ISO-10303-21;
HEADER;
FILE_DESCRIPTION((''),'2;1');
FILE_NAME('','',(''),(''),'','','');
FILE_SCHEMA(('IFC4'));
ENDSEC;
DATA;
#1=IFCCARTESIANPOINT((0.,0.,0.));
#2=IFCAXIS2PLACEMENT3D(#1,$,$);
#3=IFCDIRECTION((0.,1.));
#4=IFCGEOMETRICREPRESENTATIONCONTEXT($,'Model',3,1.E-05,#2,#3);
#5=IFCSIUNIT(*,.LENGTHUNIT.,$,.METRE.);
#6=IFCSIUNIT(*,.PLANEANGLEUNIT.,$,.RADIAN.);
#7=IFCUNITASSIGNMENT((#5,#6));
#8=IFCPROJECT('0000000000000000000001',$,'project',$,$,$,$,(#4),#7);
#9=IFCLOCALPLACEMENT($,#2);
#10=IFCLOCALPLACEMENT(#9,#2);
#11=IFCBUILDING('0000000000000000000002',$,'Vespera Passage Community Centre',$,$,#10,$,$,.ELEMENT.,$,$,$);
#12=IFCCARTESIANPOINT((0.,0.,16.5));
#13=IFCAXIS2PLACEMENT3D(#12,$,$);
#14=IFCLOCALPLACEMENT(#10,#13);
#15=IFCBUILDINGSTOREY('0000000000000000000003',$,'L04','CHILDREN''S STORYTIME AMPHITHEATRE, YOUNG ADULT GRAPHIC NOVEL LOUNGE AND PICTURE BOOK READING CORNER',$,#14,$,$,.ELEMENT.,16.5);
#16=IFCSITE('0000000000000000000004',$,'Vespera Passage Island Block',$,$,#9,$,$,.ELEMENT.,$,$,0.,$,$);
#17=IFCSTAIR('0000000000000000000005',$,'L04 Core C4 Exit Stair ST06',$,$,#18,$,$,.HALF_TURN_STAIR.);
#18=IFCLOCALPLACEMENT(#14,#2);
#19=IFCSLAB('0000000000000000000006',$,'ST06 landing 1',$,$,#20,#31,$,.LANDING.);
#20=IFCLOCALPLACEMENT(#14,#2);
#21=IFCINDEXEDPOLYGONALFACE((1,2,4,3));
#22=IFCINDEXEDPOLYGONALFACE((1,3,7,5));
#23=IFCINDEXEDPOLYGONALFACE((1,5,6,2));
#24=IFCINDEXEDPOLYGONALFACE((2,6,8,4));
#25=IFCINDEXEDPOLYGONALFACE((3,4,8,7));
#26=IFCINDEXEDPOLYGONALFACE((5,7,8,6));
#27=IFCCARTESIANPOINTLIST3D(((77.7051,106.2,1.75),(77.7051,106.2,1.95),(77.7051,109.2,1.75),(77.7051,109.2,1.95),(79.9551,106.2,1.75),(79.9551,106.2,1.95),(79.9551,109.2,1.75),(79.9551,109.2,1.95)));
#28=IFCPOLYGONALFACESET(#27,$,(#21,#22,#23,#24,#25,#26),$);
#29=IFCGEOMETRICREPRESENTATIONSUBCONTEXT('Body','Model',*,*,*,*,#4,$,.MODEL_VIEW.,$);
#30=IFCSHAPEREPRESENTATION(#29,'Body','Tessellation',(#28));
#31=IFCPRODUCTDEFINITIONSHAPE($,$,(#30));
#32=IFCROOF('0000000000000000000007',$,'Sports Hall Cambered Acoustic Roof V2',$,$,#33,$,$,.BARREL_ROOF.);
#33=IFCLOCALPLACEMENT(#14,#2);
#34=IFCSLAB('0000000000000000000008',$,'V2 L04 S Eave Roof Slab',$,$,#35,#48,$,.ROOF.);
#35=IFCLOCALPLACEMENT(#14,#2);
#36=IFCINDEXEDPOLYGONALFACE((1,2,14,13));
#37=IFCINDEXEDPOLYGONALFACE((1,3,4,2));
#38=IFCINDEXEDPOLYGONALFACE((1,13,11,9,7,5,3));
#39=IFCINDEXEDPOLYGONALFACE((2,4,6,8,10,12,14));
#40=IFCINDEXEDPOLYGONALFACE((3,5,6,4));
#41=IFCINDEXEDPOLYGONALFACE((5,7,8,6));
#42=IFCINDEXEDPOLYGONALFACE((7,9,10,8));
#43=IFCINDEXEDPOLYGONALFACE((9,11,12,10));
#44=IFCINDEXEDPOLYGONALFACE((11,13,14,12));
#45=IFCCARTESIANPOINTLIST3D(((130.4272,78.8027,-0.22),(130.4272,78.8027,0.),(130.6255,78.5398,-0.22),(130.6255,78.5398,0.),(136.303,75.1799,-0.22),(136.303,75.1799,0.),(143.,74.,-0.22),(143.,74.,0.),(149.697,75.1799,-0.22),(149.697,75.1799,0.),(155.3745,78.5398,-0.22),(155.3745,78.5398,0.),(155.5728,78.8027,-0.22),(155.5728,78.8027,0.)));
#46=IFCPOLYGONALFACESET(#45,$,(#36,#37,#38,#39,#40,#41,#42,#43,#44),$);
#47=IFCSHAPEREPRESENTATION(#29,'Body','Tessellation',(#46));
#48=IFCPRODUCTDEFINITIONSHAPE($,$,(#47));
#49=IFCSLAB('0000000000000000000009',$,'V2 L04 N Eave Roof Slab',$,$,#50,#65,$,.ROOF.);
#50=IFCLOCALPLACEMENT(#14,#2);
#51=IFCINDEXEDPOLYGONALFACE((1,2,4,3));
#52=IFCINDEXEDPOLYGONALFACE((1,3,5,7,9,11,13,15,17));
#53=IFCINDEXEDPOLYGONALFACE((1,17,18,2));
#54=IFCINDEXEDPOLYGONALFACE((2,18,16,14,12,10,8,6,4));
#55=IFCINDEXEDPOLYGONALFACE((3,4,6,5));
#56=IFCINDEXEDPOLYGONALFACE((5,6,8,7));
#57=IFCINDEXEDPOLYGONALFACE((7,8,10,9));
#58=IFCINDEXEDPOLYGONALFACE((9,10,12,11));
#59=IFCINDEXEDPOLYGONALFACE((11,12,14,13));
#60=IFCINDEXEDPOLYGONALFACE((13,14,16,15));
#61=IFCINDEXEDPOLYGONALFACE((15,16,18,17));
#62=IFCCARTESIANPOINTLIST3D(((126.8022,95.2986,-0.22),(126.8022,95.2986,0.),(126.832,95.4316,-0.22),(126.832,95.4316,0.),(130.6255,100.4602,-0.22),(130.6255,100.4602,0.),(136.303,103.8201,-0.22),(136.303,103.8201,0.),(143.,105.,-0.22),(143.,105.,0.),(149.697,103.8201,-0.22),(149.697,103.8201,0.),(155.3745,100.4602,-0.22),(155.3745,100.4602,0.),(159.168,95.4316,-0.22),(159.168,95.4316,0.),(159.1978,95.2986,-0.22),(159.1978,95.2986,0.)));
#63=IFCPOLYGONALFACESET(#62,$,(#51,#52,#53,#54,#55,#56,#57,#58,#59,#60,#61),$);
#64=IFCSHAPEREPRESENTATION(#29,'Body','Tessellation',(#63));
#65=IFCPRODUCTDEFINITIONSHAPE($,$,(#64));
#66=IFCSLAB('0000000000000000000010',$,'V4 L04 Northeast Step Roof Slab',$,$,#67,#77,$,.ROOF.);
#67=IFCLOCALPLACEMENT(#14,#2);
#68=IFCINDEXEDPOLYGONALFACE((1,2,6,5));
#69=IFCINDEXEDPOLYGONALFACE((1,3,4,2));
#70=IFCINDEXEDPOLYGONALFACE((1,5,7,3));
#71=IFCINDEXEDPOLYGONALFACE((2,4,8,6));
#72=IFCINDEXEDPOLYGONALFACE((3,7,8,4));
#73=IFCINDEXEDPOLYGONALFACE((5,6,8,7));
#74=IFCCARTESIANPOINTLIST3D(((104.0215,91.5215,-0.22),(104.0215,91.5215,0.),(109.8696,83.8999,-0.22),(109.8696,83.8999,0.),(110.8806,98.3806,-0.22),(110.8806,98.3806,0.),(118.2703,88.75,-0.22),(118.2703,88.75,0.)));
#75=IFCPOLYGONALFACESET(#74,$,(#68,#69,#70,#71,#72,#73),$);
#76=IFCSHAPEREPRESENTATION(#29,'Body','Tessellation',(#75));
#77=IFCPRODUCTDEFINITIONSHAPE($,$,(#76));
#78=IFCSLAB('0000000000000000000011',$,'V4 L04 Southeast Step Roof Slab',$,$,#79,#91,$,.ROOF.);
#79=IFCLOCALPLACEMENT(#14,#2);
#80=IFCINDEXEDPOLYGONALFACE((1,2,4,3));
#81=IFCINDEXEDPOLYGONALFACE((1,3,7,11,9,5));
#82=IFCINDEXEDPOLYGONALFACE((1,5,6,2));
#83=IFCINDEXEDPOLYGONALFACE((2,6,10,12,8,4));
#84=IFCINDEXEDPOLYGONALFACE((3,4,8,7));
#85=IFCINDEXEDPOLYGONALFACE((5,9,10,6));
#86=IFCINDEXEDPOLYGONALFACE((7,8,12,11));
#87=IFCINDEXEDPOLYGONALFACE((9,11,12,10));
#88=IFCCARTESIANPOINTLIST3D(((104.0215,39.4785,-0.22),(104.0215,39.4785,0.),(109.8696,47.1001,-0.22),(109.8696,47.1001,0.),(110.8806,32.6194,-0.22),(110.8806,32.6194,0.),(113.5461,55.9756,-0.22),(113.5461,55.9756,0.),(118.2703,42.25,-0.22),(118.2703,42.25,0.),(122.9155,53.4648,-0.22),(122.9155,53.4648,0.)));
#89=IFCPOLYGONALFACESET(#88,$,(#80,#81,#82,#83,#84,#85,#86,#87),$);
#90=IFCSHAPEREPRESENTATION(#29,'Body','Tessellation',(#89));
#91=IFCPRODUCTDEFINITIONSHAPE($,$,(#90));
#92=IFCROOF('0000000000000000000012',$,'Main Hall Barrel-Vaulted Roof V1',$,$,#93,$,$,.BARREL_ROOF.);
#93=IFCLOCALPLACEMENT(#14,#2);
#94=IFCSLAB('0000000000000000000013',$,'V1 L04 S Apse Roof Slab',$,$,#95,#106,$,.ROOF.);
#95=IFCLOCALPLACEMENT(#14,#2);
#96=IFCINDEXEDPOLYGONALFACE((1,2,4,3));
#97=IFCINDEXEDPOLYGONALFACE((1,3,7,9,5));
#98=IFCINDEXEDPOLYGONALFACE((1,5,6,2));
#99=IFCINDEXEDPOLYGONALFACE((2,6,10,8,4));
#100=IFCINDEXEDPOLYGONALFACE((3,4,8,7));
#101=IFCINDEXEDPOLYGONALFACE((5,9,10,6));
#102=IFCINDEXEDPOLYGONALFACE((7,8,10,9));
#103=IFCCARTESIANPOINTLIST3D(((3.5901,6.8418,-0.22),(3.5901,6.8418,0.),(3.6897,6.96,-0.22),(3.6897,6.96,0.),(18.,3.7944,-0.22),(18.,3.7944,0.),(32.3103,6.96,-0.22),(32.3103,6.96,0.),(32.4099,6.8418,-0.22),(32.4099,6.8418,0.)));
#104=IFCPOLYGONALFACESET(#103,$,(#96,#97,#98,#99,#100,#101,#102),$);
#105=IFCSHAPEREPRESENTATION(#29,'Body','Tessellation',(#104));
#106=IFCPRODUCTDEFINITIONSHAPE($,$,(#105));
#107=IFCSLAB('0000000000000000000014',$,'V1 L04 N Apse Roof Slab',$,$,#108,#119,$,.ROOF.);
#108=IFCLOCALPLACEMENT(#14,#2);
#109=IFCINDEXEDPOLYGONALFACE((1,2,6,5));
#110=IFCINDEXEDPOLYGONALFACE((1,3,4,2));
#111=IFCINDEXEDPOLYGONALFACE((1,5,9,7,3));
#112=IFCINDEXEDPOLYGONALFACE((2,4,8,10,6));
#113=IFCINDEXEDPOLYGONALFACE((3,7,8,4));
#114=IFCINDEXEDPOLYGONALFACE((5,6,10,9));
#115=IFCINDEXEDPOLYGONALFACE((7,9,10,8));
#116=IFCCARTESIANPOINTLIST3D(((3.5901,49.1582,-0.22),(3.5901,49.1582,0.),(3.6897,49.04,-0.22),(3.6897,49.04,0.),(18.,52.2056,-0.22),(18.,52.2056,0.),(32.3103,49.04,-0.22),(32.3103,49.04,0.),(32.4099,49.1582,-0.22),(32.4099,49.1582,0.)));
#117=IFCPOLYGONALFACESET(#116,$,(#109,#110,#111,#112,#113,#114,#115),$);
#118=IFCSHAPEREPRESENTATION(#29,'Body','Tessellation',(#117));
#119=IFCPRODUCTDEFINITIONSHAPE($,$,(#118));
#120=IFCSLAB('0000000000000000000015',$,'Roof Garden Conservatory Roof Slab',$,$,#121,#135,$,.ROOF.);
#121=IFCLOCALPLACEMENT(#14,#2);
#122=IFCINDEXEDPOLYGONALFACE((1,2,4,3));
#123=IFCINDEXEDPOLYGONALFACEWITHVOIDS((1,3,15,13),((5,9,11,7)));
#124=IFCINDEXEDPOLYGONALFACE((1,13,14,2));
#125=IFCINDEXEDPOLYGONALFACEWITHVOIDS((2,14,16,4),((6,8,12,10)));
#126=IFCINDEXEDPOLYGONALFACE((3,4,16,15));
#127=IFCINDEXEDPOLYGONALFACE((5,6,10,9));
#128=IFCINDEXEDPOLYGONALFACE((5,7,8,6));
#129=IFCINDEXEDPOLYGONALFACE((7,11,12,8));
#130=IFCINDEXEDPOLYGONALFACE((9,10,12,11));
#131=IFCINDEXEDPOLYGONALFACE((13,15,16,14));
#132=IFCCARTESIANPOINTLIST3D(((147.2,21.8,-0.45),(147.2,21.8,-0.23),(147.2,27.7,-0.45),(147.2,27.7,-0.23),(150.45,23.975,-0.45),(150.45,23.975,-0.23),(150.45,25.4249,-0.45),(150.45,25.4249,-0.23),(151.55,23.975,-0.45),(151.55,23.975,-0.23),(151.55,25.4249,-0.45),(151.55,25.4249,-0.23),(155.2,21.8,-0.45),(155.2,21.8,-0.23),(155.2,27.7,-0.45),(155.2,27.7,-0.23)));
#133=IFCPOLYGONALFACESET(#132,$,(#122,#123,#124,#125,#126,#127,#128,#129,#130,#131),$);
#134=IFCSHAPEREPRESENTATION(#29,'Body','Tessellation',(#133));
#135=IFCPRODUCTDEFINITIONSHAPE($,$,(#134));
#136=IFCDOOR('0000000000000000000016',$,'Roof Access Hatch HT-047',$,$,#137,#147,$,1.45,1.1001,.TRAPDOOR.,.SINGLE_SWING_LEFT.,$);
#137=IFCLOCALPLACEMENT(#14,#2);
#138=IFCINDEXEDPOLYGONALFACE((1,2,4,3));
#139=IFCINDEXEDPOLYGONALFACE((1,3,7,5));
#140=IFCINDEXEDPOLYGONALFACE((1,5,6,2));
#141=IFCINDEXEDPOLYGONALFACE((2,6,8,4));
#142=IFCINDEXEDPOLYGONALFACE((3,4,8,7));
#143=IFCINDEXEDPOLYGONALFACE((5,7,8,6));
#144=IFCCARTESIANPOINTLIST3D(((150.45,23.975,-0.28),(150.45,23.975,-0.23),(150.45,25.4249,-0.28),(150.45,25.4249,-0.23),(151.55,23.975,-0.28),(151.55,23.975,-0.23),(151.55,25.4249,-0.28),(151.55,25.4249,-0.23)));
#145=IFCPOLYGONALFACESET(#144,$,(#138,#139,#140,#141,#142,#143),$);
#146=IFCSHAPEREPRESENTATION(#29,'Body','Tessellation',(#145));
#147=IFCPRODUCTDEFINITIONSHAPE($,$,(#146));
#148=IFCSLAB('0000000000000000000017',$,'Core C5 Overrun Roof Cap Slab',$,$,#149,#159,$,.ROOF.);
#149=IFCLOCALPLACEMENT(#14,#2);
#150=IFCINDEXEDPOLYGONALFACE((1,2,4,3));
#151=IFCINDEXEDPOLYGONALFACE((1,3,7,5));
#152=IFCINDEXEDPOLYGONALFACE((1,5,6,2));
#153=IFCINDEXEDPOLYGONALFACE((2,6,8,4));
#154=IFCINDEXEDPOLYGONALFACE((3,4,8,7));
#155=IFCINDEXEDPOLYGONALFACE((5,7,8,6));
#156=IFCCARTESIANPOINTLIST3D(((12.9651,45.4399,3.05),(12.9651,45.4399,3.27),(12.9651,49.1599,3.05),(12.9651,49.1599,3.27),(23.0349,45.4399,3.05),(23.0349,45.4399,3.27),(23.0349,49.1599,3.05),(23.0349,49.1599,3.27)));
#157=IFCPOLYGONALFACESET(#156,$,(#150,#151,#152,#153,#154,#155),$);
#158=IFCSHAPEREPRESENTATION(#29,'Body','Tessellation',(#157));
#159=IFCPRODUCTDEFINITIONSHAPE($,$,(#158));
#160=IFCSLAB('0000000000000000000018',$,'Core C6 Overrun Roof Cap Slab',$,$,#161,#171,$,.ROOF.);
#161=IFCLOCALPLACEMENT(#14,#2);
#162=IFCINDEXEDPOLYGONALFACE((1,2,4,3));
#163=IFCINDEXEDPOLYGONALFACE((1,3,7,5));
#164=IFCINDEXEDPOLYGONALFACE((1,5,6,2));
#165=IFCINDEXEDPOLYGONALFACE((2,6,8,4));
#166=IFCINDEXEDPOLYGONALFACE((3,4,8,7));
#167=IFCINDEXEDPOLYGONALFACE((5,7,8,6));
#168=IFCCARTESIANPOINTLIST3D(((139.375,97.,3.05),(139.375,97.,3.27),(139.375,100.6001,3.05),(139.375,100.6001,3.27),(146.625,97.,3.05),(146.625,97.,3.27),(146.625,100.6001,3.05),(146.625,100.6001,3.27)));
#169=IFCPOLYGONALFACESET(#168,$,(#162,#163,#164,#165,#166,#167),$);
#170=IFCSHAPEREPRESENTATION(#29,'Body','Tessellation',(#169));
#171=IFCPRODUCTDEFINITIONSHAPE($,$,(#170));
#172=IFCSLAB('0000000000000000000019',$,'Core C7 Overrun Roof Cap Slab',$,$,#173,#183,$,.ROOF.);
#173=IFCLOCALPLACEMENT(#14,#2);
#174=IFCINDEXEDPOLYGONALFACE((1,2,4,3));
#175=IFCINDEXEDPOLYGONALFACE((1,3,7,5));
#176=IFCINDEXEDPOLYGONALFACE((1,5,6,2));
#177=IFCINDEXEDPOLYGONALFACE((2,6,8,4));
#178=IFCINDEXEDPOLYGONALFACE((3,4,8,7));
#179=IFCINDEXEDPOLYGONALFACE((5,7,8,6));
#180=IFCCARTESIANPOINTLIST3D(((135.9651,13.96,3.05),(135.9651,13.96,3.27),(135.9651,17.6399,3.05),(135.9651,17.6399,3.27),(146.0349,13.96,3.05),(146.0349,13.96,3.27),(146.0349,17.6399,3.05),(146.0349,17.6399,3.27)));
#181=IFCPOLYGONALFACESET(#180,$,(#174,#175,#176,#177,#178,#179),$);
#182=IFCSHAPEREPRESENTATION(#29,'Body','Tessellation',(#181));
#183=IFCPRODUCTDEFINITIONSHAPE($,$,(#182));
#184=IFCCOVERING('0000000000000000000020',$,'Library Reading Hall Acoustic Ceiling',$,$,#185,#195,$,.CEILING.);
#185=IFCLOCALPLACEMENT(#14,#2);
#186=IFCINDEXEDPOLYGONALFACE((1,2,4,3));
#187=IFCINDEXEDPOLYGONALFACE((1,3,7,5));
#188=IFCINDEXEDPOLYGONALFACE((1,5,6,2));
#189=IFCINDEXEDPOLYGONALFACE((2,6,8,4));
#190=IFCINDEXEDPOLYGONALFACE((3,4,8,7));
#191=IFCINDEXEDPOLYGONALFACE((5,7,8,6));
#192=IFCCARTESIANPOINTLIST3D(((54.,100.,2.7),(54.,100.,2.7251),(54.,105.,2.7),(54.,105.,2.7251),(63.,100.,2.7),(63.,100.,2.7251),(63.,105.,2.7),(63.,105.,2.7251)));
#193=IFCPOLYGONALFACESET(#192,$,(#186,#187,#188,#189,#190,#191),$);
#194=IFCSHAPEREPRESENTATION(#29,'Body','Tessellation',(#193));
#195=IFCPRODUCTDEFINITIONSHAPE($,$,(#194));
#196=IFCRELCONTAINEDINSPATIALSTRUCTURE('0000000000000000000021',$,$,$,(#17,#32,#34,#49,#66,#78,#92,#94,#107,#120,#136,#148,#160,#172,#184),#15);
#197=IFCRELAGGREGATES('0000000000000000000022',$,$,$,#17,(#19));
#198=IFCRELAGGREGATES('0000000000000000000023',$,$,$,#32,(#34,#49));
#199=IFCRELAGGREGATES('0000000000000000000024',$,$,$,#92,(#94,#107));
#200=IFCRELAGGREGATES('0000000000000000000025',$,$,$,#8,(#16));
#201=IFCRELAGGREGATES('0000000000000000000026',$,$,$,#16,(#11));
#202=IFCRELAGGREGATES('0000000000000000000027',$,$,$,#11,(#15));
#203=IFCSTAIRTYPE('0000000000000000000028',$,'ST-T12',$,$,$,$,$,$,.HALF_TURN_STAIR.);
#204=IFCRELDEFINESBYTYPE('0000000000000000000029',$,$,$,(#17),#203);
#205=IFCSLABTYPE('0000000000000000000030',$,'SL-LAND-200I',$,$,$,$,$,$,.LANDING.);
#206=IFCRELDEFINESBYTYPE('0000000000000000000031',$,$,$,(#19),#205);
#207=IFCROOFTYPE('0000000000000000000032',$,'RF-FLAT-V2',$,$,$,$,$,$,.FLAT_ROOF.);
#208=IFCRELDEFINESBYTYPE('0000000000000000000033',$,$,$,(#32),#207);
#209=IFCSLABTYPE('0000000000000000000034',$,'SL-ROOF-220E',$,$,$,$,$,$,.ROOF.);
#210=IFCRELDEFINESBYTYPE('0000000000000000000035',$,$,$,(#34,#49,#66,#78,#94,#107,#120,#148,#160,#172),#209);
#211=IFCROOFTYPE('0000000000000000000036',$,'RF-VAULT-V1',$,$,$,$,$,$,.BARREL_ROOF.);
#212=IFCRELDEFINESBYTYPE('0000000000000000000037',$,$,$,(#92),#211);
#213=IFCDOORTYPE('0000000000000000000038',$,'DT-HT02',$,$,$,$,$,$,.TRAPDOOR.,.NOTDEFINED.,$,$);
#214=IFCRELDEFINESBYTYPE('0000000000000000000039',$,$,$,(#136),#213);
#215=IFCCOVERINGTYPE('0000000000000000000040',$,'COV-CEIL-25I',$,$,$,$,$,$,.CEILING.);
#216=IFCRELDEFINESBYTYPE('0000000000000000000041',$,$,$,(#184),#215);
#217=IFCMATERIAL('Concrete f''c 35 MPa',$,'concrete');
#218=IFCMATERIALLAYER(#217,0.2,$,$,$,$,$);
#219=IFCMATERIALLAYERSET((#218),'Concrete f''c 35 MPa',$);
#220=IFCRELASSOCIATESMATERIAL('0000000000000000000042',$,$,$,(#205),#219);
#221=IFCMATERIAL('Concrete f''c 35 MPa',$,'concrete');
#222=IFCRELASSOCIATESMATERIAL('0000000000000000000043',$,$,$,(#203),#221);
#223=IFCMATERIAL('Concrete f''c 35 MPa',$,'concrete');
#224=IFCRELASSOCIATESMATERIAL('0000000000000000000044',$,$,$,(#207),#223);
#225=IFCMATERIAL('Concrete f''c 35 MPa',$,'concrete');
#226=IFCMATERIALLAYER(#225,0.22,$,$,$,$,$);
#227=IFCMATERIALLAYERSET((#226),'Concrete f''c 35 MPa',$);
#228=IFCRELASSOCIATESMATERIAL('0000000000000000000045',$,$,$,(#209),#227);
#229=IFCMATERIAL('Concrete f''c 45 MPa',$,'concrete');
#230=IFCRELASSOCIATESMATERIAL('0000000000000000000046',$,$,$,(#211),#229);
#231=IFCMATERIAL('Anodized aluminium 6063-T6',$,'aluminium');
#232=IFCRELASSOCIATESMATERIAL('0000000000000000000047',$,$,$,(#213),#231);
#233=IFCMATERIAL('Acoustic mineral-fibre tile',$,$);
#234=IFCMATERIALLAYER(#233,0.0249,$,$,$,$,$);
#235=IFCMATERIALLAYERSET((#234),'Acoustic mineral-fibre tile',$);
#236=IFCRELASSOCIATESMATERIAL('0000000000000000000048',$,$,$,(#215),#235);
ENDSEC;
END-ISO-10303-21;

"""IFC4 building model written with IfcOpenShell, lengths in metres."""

from ifc_helpers import new_model, si_unit, direction, frame, origin, origin_2d, place, context, subcontext, project, spatial, polyline, rectangle, outline, extrude, material, layer, layer_set, type_object, element, fill, aggregate, save


model = new_model("IFC4")

# Units and contexts
model_context = context("Model", 3, precision=1e-05, world=origin(), true_north=direction((0.0, 1.0)))
body_context = subcontext(model_context, "Body", "Model", "MODEL_VIEW")
ifc_project = project(units=[si_unit("LENGTHUNIT", "METRE"), si_unit("PLANEANGLEUNIT", "RADIAN")], contexts=[model_context])

# Site, building, storey
site_placement = place(None, origin())
site = spatial("IfcSite", under=ifc_project, at=site_placement, Name="Vespera Passage Island Block", CompositionType="ELEMENT", RefElevation=0.0)
building_placement = place(site_placement, origin())
building = spatial("IfcBuilding", under=site, at=building_placement, Name="Vespera Passage Community Centre", CompositionType="ELEMENT")
storey_placement = place(building_placement, frame((0.0, 0.0, 16.5)))
storey = spatial("IfcBuildingStorey", under=building, at=storey_placement, Name="L04", Description="CHILDREN'S STORYTIME AMPHITHEATRE, YOUNG ADULT GRAPHIC NOVEL LOUNGE AND PICTURE BOOK READING CORNER", CompositionType="ELEMENT", Elevation=16.5)

# Stair, slab
ifc_material_1 = material(Name="Concrete f'c 35 MPa", Category="concrete")
ifc_layer_1 = layer(ifc_material_1, 0.2)
ifc_layer_set_1 = layer_set([ifc_layer_1], Name="Concrete f'c 35 MPa")
slab_type_1 = type_object("IfcSlabType", Name="SL-LAND-200I", PredefinedType="LANDING", material=ifc_layer_set_1)
ifc_material_2 = material(Name="Concrete f'c 35 MPa", Category="concrete")
stair_type_1 = type_object("IfcStairType", Name="ST-T12", PredefinedType="HALF_TURN_STAIR", material=ifc_material_2)
stair_1_placement = place(storey_placement, origin())
stair_1 = element("IfcStair", 1, at=stair_1_placement, inside=storey, type_object=stair_type_1, Name="L04 Core C4 Exit Stair ST06", PredefinedType="HALF_TURN_STAIR")
slab_1_placement = place(storey_placement, frame((0.0, 0.0, 1.75)))
slab_1 = element("IfcSlab", 2, at=slab_1_placement, type_object=slab_type_1, Name="ST06 landing 1", PredefinedType="LANDING", context=body_context, shape_type="SweptSolid", body=[
    extrude(outline(polyline([(77.7051, 106.2), (79.9551, 106.2), (79.9551, 109.2), (77.7051, 109.2), (77.7051, 106.2)])), origin(), (0.0, 0.0, 1.0), 0.2),
])
aggregate(stair_1, [slab_1])

# Roof, slabs
ifc_material_3 = material(Name="Concrete f'c 35 MPa", Category="concrete")
roof_type_1 = type_object("IfcRoofType", Name="RF-FLAT-V2", PredefinedType="FLAT_ROOF", material=ifc_material_3)
roof_1_placement = place(storey_placement, origin())
roof_1 = element("IfcRoof", 3, at=roof_1_placement, inside=storey, type_object=roof_type_1, Name="Sports Hall Cambered Acoustic Roof V2", PredefinedType="BARREL_ROOF")
ifc_material_4 = material(Name="Concrete f'c 35 MPa", Category="concrete")
ifc_layer_2 = layer(ifc_material_4, 0.22)
ifc_layer_set_2 = layer_set([ifc_layer_2], Name="Concrete f'c 35 MPa")
slab_type_2 = type_object("IfcSlabType", Name="SL-ROOF-220E", PredefinedType="ROOF", material=ifc_layer_set_2)
slab_2_placement = place(storey_placement, frame((0.0, 0.0, -0.22)))
slab_2 = element("IfcSlab", 4, at=slab_2_placement, inside=storey, type_object=slab_type_2, Name="V2 L04 S Eave Roof Slab", PredefinedType="ROOF", context=body_context, shape_type="SweptSolid", body=[
    extrude(outline(polyline([(155.3745, 78.5398), (149.697, 75.1799), (143.0, 74.0), (136.303, 75.1799), (130.6255, 78.5398), (130.4272, 78.8027), (155.5728, 78.8027), (155.3745, 78.5398)])), origin(), (0.0, 0.0, 1.0), 0.22),
])
slab_3_placement = place(storey_placement, frame((0.0, 0.0, -0.22)))
slab_3 = element("IfcSlab", 5, at=slab_3_placement, inside=storey, type_object=slab_type_2, Name="V2 L04 N Eave Roof Slab", PredefinedType="ROOF", context=body_context, shape_type="SweptSolid", body=[
    extrude(outline(polyline([(126.832, 95.4316), (130.6255, 100.4602), (136.303, 103.8201), (143.0, 105.0), (149.697, 103.8201), (155.3745, 100.4602), (159.168, 95.4316), (159.1978, 95.2986), (126.8022, 95.2986), (126.832, 95.4316)])), origin(), (0.0, 0.0, 1.0), 0.22),
])
aggregate(roof_1, [slab_2, slab_3])

# Slabs
slab_4_placement = place(storey_placement, frame((0.0, 0.0, -0.22)))
element("IfcSlab", 6, at=slab_4_placement, inside=storey, type_object=slab_type_2, Name="V4 L04 Northeast Step Roof Slab", PredefinedType="ROOF", context=body_context, shape_type="SweptSolid", body=[
    extrude(outline(polyline([(118.2703, 88.75), (110.8806, 98.3806), (104.0215, 91.5215), (109.8696, 83.8999), (118.2703, 88.75)])), origin(), (0.0, 0.0, 1.0), 0.22),
])
slab_5_placement = place(storey_placement, frame((0.0, 0.0, -0.22)))
element("IfcSlab", 7, at=slab_5_placement, inside=storey, type_object=slab_type_2, Name="V4 L04 Southeast Step Roof Slab", PredefinedType="ROOF", context=body_context, shape_type="SweptSolid", body=[
    extrude(outline(polyline([(110.8806, 32.6194), (118.2703, 42.25), (122.9155, 53.4648), (113.5461, 55.9756), (109.8696, 47.1001), (104.0215, 39.4785), (110.8806, 32.6194)])), origin(), (0.0, 0.0, 1.0), 0.22),
])

# Roof, slabs
ifc_material_5 = material(Name="Concrete f'c 45 MPa", Category="concrete")
roof_type_2 = type_object("IfcRoofType", Name="RF-VAULT-V1", PredefinedType="BARREL_ROOF", material=ifc_material_5)
roof_2_placement = place(storey_placement, origin())
roof_2 = element("IfcRoof", 8, at=roof_2_placement, inside=storey, type_object=roof_type_2, Name="Main Hall Barrel-Vaulted Roof V1", PredefinedType="BARREL_ROOF")
slab_6_placement = place(storey_placement, frame((0.0, 0.0, -0.22)))
slab_6 = element("IfcSlab", 9, at=slab_6_placement, inside=storey, type_object=slab_type_2, Name="V1 L04 S Apse Roof Slab", PredefinedType="ROOF", context=body_context, shape_type="SweptSolid", body=[
    extrude(outline(polyline([(3.5901, 6.8418), (3.6897, 6.96), (32.3103, 6.96), (32.4099, 6.8418), (18.0, 3.7944), (3.5901, 6.8418)])), origin(), (0.0, 0.0, 1.0), 0.22),
])
slab_7_placement = place(storey_placement, frame((0.0, 0.0, -0.22)))
slab_7 = element("IfcSlab", 10, at=slab_7_placement, inside=storey, type_object=slab_type_2, Name="V1 L04 N Apse Roof Slab", PredefinedType="ROOF", context=body_context, shape_type="SweptSolid", body=[
    extrude(outline(polyline([(3.5901, 49.1582), (18.0, 52.2056), (32.4099, 49.1582), (32.3103, 49.04), (3.6897, 49.04), (3.5901, 49.1582)])), origin(), (0.0, 0.0, 1.0), 0.22),
])
aggregate(roof_2, [slab_6, slab_7])

# Slab, opening, door
slab_8_placement = place(storey_placement, frame((0.0, 0.0, -0.45)))
slab_8 = element("IfcSlab", 11, at=slab_8_placement, inside=storey, type_object=slab_type_2, Name="Roof Garden Conservatory Roof Slab", PredefinedType="ROOF", context=body_context, shape_type="SweptSolid", body=[
    extrude(outline(polyline([(147.2, 21.8), (155.2, 21.8), (155.2, 27.7), (147.2, 27.7), (147.2, 21.8)])), origin(), (0.0, 0.0, 1.0), 0.22),
])
opening_placement = place(slab_8_placement, frame((151.0, 24.7, 0.0)))
opening = element("IfcOpeningElement", 12, at=opening_placement, cuts=slab_8, PredefinedType="OPENING", context=body_context, shape_type="SweptSolid", body=[
    extrude(rectangle(XDim=1.1001, YDim=1.45, at=origin_2d()), frame((0.0, 0.0, -0.01)), (0.0, 0.0, 1.0), 0.24),
])
ifc_material_6 = material(Name="Anodized aluminium 6063-T6", Category="aluminium")
door_type = type_object("IfcDoorType", Name="DT-HT02", OperationType="NOTDEFINED", PredefinedType="TRAPDOOR", material=ifc_material_6)
door_placement = place(opening_placement, frame((0.0, 0.0, 0.1699)))
door = element("IfcDoor", 13, at=door_placement, inside=storey, type_object=door_type, Name="Roof Access Hatch HT-047", OperationType="SINGLE_SWING_LEFT", OverallHeight=1.45, OverallWidth=1.1001, PredefinedType="TRAPDOOR", context=body_context, shape_type="SweptSolid", body=[
    extrude(rectangle(XDim=1.1001, YDim=1.45, at=origin_2d()), origin(), (0.0, 0.0, 1.0), 0.05),
])
fill(opening, door)

# Slabs
slab_9_placement = place(storey_placement, frame((0.0, 0.0, 3.05)))
element("IfcSlab", 14, at=slab_9_placement, inside=storey, type_object=slab_type_2, Name="Core C5 Overrun Roof Cap Slab", PredefinedType="ROOF", context=body_context, shape_type="SweptSolid", body=[
    extrude(outline(polyline([(12.9651, 45.4399), (23.0349, 45.4399), (23.0349, 49.1599), (12.9651, 49.1599), (12.9651, 45.4399)])), origin(), (0.0, 0.0, 1.0), 0.22),
])
slab_10_placement = place(storey_placement, frame((0.0, 0.0, 3.05)))
element("IfcSlab", 15, at=slab_10_placement, inside=storey, type_object=slab_type_2, Name="Core C6 Overrun Roof Cap Slab", PredefinedType="ROOF", context=body_context, shape_type="SweptSolid", body=[
    extrude(outline(polyline([(139.375, 97.0), (146.625, 97.0), (146.625, 100.6001), (139.375, 100.6001), (139.375, 97.0)])), origin(), (0.0, 0.0, 1.0), 0.22),
])
slab_11_placement = place(storey_placement, frame((0.0, 0.0, 3.05)))
element("IfcSlab", 16, at=slab_11_placement, inside=storey, type_object=slab_type_2, Name="Core C7 Overrun Roof Cap Slab", PredefinedType="ROOF", context=body_context, shape_type="SweptSolid", body=[
    extrude(outline(polyline([(146.0349, 17.6399), (135.9651, 17.6399), (135.9651, 13.96), (146.0349, 13.96), (146.0349, 17.6399)])), origin(), (0.0, 0.0, 1.0), 0.22),
])

# Covering
ifc_material_7 = material(Name="Acoustic mineral-fibre tile")
ifc_layer_3 = layer(ifc_material_7, 0.0249)
ifc_layer_set_3 = layer_set([ifc_layer_3], Name="Acoustic mineral-fibre tile")
covering_type_1 = type_object("IfcCoveringType", Name="COV-CEIL-25I", PredefinedType="CEILING", material=ifc_layer_set_3)
covering_1_placement = place(storey_placement, frame((0.0, 0.0, 2.7)))
element("IfcCovering", 17, at=covering_1_placement, inside=storey, type_object=covering_type_1, Name="Library Reading Hall Acoustic Ceiling", PredefinedType="CEILING", context=body_context, shape_type="SweptSolid", body=[
    extrude(outline(polyline([(54.0, 100.0), (63.0, 100.0), (63.0, 105.0), (54.0, 105.0), (54.0, 100.0)])), origin(), (0.0, 0.0, 1.0), 0.0251),
])

save(model, "model.ifc")
